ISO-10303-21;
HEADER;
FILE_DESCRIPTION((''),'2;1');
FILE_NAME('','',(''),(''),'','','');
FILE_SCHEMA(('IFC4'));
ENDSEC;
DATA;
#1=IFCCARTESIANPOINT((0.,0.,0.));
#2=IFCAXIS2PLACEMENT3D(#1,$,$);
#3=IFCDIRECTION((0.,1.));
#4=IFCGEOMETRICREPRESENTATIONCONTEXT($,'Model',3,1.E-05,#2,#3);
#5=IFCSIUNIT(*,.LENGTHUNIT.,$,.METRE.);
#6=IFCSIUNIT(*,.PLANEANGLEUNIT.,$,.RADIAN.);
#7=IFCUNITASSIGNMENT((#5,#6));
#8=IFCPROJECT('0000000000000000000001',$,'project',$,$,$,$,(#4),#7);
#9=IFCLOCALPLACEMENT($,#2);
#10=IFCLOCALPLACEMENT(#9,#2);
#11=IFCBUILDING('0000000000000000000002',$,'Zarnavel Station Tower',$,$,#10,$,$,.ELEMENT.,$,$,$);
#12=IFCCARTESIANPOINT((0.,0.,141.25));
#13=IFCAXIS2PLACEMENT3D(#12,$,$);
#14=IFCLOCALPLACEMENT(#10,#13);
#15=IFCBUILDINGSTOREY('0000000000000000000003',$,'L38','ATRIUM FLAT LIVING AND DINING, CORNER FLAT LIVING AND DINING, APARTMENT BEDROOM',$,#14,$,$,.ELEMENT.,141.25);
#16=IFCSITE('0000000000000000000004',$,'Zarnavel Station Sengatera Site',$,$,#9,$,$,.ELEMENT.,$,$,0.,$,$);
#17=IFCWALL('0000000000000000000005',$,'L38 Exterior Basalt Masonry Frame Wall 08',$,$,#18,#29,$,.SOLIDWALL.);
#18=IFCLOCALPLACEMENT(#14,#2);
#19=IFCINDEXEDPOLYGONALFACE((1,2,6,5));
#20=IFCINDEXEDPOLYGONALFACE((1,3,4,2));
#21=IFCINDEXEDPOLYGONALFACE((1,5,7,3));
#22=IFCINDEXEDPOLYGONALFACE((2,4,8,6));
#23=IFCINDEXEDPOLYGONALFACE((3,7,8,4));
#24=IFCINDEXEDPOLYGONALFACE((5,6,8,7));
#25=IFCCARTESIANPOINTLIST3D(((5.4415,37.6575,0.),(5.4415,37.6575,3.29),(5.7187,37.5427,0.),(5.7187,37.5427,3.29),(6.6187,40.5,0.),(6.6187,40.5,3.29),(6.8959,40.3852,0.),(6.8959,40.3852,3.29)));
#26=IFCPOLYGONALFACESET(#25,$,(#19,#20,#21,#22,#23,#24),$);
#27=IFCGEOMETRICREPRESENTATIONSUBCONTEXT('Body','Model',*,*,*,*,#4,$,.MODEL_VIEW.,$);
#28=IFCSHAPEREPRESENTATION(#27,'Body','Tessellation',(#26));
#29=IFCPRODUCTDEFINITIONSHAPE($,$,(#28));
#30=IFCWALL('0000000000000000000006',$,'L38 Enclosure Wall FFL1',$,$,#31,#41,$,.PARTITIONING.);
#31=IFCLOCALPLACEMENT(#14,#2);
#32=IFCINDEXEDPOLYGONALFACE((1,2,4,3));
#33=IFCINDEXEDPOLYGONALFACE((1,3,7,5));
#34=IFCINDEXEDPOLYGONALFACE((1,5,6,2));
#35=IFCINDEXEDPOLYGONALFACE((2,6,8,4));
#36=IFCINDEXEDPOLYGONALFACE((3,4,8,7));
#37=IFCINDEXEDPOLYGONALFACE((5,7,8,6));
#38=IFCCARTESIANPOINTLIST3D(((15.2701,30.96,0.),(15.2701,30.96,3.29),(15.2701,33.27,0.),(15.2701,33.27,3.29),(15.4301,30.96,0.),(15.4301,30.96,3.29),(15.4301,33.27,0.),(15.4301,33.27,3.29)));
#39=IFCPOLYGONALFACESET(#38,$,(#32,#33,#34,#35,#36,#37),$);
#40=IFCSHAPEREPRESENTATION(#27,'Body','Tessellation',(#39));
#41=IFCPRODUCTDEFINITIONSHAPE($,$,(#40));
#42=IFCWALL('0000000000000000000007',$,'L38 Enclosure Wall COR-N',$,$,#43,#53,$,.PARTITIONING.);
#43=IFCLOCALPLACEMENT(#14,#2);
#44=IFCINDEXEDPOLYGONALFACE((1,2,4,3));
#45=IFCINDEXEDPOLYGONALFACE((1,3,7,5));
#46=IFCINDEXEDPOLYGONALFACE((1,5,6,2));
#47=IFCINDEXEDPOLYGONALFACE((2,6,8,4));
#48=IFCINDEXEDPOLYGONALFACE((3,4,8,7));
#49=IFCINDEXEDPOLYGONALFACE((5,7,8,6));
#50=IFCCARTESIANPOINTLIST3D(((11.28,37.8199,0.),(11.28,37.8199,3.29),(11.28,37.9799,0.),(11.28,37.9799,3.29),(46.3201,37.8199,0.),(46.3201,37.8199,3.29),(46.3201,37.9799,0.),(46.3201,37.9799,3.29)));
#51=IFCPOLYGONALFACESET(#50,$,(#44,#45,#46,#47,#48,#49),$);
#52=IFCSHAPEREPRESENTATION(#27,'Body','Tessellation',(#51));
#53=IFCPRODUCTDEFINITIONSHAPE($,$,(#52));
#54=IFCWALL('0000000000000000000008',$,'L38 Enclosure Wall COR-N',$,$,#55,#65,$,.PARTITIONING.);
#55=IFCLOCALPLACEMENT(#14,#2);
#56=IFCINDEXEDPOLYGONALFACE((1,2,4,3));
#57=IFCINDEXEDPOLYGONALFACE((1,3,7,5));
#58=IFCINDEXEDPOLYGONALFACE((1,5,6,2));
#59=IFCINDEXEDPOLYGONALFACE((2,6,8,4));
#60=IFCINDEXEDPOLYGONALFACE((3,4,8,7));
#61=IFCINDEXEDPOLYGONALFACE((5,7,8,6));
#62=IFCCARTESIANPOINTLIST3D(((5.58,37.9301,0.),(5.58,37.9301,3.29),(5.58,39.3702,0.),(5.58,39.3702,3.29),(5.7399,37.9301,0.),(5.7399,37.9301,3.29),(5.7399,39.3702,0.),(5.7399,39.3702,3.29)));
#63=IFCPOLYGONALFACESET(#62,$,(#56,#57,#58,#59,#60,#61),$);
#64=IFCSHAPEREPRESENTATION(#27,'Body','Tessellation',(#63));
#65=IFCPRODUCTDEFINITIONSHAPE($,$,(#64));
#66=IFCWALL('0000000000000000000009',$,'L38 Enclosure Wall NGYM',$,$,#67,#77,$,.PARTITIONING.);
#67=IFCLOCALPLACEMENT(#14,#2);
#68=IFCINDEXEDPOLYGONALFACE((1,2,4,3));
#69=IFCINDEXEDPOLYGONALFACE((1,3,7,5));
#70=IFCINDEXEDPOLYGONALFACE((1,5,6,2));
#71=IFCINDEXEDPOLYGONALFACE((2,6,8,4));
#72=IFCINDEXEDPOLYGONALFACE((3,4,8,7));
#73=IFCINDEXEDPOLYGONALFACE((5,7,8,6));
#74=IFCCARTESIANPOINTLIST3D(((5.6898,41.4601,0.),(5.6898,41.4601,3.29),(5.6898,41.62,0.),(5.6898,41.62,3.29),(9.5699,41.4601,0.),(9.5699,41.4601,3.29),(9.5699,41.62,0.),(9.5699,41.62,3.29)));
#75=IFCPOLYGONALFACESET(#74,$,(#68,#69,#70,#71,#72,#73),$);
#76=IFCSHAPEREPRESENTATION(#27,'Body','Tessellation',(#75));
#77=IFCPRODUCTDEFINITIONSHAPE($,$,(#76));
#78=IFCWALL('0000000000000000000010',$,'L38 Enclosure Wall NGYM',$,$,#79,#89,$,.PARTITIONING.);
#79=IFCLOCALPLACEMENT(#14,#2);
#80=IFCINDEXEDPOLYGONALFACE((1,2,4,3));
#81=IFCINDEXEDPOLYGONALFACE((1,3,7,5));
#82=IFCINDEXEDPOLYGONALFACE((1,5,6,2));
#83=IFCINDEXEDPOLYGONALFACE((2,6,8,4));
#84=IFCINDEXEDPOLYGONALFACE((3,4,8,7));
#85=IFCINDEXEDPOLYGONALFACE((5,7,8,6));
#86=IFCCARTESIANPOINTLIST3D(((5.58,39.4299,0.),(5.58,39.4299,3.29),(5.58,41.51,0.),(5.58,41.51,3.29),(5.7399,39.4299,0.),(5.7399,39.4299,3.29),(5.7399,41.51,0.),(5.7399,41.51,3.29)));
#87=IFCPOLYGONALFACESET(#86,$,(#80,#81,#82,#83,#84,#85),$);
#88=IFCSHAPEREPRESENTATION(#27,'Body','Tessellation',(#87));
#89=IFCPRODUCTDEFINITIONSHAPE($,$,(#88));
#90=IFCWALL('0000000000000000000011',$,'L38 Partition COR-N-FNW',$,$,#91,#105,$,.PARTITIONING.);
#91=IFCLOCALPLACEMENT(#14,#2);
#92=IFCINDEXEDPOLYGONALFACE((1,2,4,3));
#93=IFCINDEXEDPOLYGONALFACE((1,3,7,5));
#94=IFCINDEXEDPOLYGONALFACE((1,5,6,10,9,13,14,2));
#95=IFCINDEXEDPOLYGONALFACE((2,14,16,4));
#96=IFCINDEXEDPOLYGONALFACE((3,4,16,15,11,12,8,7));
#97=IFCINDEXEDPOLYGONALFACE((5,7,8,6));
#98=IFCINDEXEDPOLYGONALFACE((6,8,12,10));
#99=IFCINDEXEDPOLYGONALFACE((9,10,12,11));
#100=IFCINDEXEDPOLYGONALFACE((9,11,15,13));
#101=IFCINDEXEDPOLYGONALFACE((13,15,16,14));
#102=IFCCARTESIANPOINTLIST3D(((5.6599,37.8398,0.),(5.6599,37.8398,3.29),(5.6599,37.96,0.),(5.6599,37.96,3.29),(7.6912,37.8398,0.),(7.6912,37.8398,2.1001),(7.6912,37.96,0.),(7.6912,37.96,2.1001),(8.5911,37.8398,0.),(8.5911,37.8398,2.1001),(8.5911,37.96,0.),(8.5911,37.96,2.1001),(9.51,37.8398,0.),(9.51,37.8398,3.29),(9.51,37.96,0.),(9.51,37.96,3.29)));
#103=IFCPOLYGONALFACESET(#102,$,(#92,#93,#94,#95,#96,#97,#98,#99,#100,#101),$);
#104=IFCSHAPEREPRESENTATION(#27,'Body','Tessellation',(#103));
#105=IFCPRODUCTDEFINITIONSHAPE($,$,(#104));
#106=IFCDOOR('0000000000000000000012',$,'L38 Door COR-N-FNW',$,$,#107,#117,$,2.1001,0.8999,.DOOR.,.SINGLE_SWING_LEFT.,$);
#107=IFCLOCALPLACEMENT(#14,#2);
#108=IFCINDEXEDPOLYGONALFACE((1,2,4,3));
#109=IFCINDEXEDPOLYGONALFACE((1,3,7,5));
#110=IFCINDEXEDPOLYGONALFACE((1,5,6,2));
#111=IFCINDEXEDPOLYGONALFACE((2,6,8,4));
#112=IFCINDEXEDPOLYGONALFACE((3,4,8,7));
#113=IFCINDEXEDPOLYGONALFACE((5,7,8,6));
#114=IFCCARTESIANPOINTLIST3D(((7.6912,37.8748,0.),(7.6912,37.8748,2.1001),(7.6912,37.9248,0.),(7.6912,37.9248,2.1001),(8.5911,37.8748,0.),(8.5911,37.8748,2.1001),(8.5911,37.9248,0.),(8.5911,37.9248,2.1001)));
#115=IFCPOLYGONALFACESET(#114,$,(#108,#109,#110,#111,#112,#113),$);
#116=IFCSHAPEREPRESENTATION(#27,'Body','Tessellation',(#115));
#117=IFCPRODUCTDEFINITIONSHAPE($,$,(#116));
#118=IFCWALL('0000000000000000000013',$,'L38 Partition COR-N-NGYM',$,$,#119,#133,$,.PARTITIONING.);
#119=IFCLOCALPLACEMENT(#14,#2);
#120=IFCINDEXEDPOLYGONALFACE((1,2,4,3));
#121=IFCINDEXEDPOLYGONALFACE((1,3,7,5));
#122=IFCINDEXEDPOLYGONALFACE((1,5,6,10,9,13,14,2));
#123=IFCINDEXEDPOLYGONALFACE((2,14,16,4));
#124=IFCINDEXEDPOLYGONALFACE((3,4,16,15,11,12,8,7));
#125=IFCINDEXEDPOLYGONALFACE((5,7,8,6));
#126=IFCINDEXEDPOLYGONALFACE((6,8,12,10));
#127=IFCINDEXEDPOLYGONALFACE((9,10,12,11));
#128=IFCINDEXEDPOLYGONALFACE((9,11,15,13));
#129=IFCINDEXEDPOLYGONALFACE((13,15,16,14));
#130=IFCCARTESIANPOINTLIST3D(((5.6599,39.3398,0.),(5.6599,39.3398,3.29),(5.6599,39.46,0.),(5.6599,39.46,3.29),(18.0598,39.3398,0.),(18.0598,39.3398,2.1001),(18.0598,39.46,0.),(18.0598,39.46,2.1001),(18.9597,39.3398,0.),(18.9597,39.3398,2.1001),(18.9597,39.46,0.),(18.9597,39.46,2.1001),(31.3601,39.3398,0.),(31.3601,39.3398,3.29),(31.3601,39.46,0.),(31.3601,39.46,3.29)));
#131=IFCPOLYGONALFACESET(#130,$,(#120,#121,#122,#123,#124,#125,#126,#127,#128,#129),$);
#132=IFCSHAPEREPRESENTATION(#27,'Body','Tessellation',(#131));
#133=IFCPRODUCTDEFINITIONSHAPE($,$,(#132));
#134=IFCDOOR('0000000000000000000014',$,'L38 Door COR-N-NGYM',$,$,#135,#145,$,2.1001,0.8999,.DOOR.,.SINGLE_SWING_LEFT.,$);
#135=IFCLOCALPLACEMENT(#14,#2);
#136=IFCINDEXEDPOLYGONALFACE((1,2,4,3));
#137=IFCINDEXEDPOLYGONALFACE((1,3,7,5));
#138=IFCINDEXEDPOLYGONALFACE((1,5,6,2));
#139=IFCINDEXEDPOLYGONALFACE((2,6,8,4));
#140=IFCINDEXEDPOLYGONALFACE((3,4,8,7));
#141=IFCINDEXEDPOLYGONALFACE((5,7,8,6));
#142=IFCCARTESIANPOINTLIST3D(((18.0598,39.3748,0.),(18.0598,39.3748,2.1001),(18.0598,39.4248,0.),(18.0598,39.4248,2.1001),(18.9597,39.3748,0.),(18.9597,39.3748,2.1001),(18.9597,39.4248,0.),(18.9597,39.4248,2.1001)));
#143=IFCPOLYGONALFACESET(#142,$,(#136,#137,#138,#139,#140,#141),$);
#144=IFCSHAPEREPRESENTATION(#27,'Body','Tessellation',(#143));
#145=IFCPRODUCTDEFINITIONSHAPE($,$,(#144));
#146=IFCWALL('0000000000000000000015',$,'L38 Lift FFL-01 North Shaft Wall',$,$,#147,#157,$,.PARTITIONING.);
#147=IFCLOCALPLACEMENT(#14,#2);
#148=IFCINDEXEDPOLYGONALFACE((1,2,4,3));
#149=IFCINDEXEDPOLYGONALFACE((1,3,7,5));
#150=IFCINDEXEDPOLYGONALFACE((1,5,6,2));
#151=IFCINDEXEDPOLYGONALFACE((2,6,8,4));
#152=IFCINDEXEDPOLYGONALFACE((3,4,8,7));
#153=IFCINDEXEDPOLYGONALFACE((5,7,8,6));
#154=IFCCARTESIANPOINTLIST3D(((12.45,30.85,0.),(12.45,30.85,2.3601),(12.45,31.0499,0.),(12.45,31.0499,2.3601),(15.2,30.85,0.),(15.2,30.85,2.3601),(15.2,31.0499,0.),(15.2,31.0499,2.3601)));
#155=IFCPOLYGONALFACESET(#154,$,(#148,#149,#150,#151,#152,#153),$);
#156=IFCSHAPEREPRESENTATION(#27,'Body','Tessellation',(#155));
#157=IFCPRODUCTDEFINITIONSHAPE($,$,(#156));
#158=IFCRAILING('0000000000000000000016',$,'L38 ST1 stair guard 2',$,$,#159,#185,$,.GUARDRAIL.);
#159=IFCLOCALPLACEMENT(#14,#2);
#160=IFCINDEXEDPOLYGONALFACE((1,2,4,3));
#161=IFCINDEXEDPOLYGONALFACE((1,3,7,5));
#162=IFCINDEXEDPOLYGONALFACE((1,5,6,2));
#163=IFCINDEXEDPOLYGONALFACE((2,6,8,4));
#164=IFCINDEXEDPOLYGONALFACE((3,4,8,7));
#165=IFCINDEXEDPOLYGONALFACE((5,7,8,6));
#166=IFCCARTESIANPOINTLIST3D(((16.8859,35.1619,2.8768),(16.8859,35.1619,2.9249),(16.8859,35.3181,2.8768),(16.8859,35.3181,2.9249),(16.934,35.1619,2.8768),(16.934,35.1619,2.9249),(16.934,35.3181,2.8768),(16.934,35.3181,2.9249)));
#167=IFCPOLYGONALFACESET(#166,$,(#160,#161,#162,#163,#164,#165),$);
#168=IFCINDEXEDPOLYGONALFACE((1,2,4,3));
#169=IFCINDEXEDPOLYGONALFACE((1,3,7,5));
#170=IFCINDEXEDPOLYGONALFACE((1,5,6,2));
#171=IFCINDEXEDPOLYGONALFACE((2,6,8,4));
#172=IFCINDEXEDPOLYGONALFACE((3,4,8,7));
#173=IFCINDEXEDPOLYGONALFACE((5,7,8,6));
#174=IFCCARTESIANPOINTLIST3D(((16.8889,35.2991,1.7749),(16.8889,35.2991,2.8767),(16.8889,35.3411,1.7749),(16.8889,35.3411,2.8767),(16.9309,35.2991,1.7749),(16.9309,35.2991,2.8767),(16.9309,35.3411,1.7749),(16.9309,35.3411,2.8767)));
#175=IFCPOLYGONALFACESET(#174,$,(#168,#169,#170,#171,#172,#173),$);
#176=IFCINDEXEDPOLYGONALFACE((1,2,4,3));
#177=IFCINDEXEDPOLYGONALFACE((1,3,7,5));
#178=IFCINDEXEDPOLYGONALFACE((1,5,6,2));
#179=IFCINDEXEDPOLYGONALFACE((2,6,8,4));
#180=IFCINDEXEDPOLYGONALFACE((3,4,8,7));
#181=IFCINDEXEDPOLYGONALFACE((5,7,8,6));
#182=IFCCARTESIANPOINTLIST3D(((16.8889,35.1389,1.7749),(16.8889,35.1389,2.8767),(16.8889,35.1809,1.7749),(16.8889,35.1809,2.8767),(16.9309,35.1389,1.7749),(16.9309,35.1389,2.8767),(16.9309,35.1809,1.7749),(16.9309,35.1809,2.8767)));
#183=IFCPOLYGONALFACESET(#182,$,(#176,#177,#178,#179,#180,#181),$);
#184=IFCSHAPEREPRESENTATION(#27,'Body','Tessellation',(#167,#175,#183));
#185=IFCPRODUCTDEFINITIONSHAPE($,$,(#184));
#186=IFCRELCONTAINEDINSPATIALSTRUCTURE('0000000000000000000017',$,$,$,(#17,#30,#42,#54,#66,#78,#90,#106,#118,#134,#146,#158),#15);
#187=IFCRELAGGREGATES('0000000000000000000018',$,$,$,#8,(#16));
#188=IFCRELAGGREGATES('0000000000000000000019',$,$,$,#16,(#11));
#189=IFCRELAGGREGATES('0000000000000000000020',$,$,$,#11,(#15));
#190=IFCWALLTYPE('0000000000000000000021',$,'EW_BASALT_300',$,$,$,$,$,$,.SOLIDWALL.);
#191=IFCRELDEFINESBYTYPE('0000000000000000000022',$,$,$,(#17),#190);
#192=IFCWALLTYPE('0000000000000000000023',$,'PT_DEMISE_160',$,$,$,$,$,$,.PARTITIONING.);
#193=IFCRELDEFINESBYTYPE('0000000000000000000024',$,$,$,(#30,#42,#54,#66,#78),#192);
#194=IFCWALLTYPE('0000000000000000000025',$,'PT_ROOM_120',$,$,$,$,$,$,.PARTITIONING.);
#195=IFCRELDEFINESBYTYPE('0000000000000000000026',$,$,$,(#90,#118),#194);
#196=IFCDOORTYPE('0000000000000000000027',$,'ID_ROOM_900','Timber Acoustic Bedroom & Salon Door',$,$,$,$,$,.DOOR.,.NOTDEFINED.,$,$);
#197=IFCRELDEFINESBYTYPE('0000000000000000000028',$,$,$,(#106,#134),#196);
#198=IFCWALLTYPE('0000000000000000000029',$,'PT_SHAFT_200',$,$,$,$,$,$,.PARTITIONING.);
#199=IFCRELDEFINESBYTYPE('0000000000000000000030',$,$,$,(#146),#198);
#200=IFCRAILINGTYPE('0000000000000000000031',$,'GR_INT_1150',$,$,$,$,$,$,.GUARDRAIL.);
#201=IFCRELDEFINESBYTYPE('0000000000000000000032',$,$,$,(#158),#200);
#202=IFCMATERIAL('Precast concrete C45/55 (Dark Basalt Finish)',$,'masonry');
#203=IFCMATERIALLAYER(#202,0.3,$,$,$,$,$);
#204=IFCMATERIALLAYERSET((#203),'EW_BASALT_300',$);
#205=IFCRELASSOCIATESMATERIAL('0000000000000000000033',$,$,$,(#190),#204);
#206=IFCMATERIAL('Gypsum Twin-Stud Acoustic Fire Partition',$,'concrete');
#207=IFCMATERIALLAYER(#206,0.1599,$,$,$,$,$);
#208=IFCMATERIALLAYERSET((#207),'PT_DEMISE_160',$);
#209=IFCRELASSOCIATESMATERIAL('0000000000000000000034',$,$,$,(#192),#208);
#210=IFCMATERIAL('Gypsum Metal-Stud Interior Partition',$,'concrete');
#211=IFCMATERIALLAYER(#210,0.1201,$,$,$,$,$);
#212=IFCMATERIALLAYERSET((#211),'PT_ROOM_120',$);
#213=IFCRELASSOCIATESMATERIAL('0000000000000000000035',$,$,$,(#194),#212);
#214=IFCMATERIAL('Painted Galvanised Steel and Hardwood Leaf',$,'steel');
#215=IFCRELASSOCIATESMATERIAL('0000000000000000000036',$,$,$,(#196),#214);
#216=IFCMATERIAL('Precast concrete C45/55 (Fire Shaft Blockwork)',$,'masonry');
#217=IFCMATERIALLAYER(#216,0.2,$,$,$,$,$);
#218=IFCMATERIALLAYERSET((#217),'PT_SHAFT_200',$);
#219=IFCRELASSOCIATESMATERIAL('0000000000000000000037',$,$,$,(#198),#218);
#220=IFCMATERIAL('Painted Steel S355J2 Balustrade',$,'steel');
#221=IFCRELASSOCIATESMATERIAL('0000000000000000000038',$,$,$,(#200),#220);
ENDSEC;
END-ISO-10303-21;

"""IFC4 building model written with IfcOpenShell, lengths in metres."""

from ifc_helpers import new_model, si_unit, direction, frame, frame_2d, origin, origin_2d, place, context, subcontext, project, spatial, rectangle, extrude, material, layer, layer_set, type_object, element, fill, save


model = new_model("IFC4")

# Units and contexts
model_context = context("Model", 3, precision=1e-05, world=origin(), true_north=direction((0.0, 1.0)))
body_context = subcontext(model_context, "Body", "Model", "MODEL_VIEW")
ifc_project = project(units=[si_unit("LENGTHUNIT", "METRE"), si_unit("PLANEANGLEUNIT", "RADIAN")], contexts=[model_context])

# Site, building, storey
site_placement = place(None, origin())
site = spatial("IfcSite", under=ifc_project, at=site_placement, Name="Zarnavel Station Sengatera Site", CompositionType="ELEMENT", RefElevation=0.0)
building_placement = place(site_placement, origin())
building = spatial("IfcBuilding", under=site, at=building_placement, Name="Zarnavel Station Tower", CompositionType="ELEMENT")
storey_placement = place(building_placement, frame((0.0, 0.0, 141.25)))
storey = spatial("IfcBuildingStorey", under=building, at=storey_placement, Name="L38", Description="ATRIUM FLAT LIVING AND DINING, CORNER FLAT LIVING AND DINING, APARTMENT BEDROOM", CompositionType="ELEMENT", Elevation=141.25)

# Shared definitions
ifc_material_1 = material(Name="Precast concrete C45/55 (Dark Basalt Finish)", Category="masonry")
ifc_layer_1 = layer(ifc_material_1, 0.3)
ifc_layer_set_1 = layer_set([ifc_layer_1], Name="EW_BASALT_300")
wall_type_1 = type_object("IfcWallType", Name="EW_BASALT_300", PredefinedType="SOLIDWALL", material=ifc_layer_set_1)

# Walls
wall_1_placement = place(storey_placement, frame((5.5801, 37.6001, 0.0), z_axis=(0.0, 0.0, 1.0), x_axis=(0.382637, 0.923899, 0.0)))
element("IfcWall", 1, at=wall_1_placement, inside=storey, type_object=wall_type_1, Name="L38 Exterior Basalt Masonry Frame Wall 08", PredefinedType="SOLIDWALL", context=body_context, shape_type="SweptSolid", body=[
    extrude(rectangle(XDim=3.0767, YDim=0.3, at=frame_2d((1.5383, 0.0))), origin(), (0.0, 0.0, 1.0), 3.29),
])
ifc_material_2 = material(Name="Gypsum Twin-Stud Acoustic Fire Partition", Category="concrete")
ifc_layer_2 = layer(ifc_material_2, 0.1599)
ifc_layer_set_2 = layer_set([ifc_layer_2], Name="PT_DEMISE_160")
wall_type_2 = type_object("IfcWallType", Name="PT_DEMISE_160", PredefinedType="PARTITIONING", material=ifc_layer_set_2)
wall_2_placement = place(storey_placement, frame((15.3501, 30.96, 0.0), z_axis=(0.0, 0.0, 1.0), x_axis=(0.0, 1.0, 0.0)))
element("IfcWall", 2, at=wall_2_placement, inside=storey, type_object=wall_type_2, Name="L38 Enclosure Wall FFL1", PredefinedType="PARTITIONING", context=body_context, shape_type="SweptSolid", body=[
    extrude(rectangle(XDim=2.3101, YDim=0.1599, at=frame_2d((1.155, 0.0))), origin(), (0.0, 0.0, 1.0), 3.29),
])
wall_3_placement = place(storey_placement, frame((11.28, 37.8999, 0.0), z_axis=(0.0, 0.0, 1.0), x_axis=(1.0, 0.0, 0.0)))
element("IfcWall", 3, at=wall_3_placement, inside=storey, type_object=wall_type_2, Name="L38 Enclosure Wall COR-N", PredefinedType="PARTITIONING", context=body_context, shape_type="SweptSolid", body=[
    extrude(rectangle(XDim=35.04, YDim=0.1599, at=frame_2d((17.52, 0.0))), origin(), (0.0, 0.0, 1.0), 3.29),
])
wall_4_placement = place(storey_placement, frame((5.6599, 37.9299, 0.0), z_axis=(0.0, 0.0, 1.0), x_axis=(0.0, 1.0, 0.0)))
element("IfcWall", 4, at=wall_4_placement, inside=storey, type_object=wall_type_2, Name="L38 Enclosure Wall COR-N", PredefinedType="PARTITIONING", context=body_context, shape_type="SweptSolid", body=[
    extrude(rectangle(XDim=1.4402, YDim=0.1599, at=frame_2d((0.7202, 0.0))), origin(), (0.0, 0.0, 1.0), 3.29),
])
wall_5_placement = place(storey_placement, frame((5.6899, 41.54, 0.0), z_axis=(0.0, 0.0, 1.0), x_axis=(1.0, 0.0, 0.0)))
element("IfcWall", 5, at=wall_5_placement, inside=storey, type_object=wall_type_2, Name="L38 Enclosure Wall NGYM", PredefinedType="PARTITIONING", context=body_context, shape_type="SweptSolid", body=[
    extrude(rectangle(XDim=3.8801, YDim=0.1599, at=frame_2d((1.9399, 0.0))), origin(), (0.0, 0.0, 1.0), 3.29),
])
wall_6_placement = place(storey_placement, frame((5.6599, 39.4299, 0.0), z_axis=(0.0, 0.0, 1.0), x_axis=(0.0, 1.0, 0.0)))
element("IfcWall", 6, at=wall_6_placement, inside=storey, type_object=wall_type_2, Name="L38 Enclosure Wall NGYM", PredefinedType="PARTITIONING", context=body_context, shape_type="SweptSolid", body=[
    extrude(rectangle(XDim=2.0801, YDim=0.1599, at=frame_2d((1.04, 0.0))), origin(), (0.0, 0.0, 1.0), 3.29),
])

# Walls, openings, doors
ifc_material_3 = material(Name="Gypsum Metal-Stud Interior Partition", Category="concrete")
ifc_layer_3 = layer(ifc_material_3, 0.1201)
ifc_layer_set_3 = layer_set([ifc_layer_3], Name="PT_ROOM_120")
wall_type_3 = type_object("IfcWallType", Name="PT_ROOM_120", PredefinedType="PARTITIONING", material=ifc_layer_set_3)
wall_7_placement = place(storey_placement, frame((5.6599, 37.8999, 0.0), z_axis=(0.0, 0.0, 1.0), x_axis=(1.0, 0.0, 0.0)))
wall_7 = element("IfcWall", 7, at=wall_7_placement, inside=storey, type_object=wall_type_3, Name="L38 Partition COR-N-FNW", PredefinedType="PARTITIONING", context=body_context, shape_type="SweptSolid", body=[
    extrude(rectangle(XDim=3.8501, YDim=0.1201, at=frame_2d((1.925, 0.0))), origin(), (0.0, 0.0, 1.0), 3.29),
])
opening_1_placement = place(wall_7_placement, frame((2.0312, 0.0, 0.0)))
opening_1 = element("IfcOpeningElement", 8, at=opening_1_placement, cuts=wall_7, PredefinedType="OPENING", context=body_context, shape_type="SweptSolid", body=[
    extrude(rectangle(XDim=0.8999, YDim=2.1001, at=frame_2d((0.45, 1.05))), frame((0.0, 0.0701, 0.0), z_axis=(0.0, -1.0, 0.0), x_axis=(1.0, 0.0, 0.0)), (0.0, 0.0, 1.0), 0.1401),
])
ifc_material_4 = material(Name="Painted Galvanised Steel and Hardwood Leaf", Category="steel")
door_type = type_object("IfcDoorType", Name="ID_ROOM_900", Description="Timber Acoustic Bedroom & Salon Door", OperationType="NOTDEFINED", PredefinedType="DOOR", material=ifc_material_4)
door_1_placement = place(opening_1_placement, origin())
door_1 = element("IfcDoor", 9, at=door_1_placement, inside=storey, type_object=door_type, Name="L38 Door COR-N-FNW", OperationType="SINGLE_SWING_LEFT", OverallHeight=2.1001, OverallWidth=0.8999, PredefinedType="DOOR", context=body_context, shape_type="SweptSolid", body=[
    extrude(rectangle(XDim=0.8999, YDim=2.1001, at=frame_2d((0.45, 1.05))), frame((0.0, 0.0249, 0.0), z_axis=(0.0, -1.0, 0.0), x_axis=(1.0, 0.0, 0.0)), (0.0, 0.0, 1.0), 0.05),
])
fill(opening_1, door_1)
wall_8_placement = place(storey_placement, frame((5.6599, 39.3999, 0.0), z_axis=(0.0, 0.0, 1.0), x_axis=(1.0, 0.0, 0.0)))
wall_8 = element("IfcWall", 10, at=wall_8_placement, inside=storey, type_object=wall_type_3, Name="L38 Partition COR-N-NGYM", PredefinedType="PARTITIONING", context=body_context, shape_type="SweptSolid", body=[
    extrude(rectangle(XDim=25.7002, YDim=0.1201, at=frame_2d((12.8501, 0.0))), origin(), (0.0, 0.0, 1.0), 3.29),
])
opening_2_placement = place(wall_8_placement, frame((12.3999, 0.0, 0.0)))
opening_2 = element("IfcOpeningElement", 11, at=opening_2_placement, cuts=wall_8, PredefinedType="OPENING", context=body_context, shape_type="SweptSolid", body=[
    extrude(rectangle(XDim=0.8999, YDim=2.1001, at=frame_2d((0.45, 1.05))), frame((0.0, 0.0701, 0.0), z_axis=(0.0, -1.0, 0.0), x_axis=(1.0, 0.0, 0.0)), (0.0, 0.0, 1.0), 0.1401),
])
door_2_placement = place(opening_2_placement, origin())
door_2 = element("IfcDoor", 12, at=door_2_placement, inside=storey, type_object=door_type, Name="L38 Door COR-N-NGYM", OperationType="SINGLE_SWING_LEFT", OverallHeight=2.1001, OverallWidth=0.8999, PredefinedType="DOOR", context=body_context, shape_type="SweptSolid", body=[
    extrude(rectangle(XDim=0.8999, YDim=2.1001, at=frame_2d((0.45, 1.05))), frame((0.0, 0.0249, 0.0), z_axis=(0.0, -1.0, 0.0), x_axis=(1.0, 0.0, 0.0)), (0.0, 0.0, 1.0), 0.05),
])
fill(opening_2, door_2)

# Wall
ifc_material_5 = material(Name="Precast concrete C45/55 (Fire Shaft Blockwork)", Category="masonry")
ifc_layer_4 = layer(ifc_material_5, 0.2)
ifc_layer_set_4 = layer_set([ifc_layer_4], Name="PT_SHAFT_200")
wall_type_4 = type_object("IfcWallType", Name="PT_SHAFT_200", PredefinedType="PARTITIONING", material=ifc_layer_set_4)
wall_9_placement = place(storey_placement, frame((12.45, 30.95, 0.0), z_axis=(0.0, 0.0, 1.0), x_axis=(1.0, 0.0, 0.0)))
element("IfcWall", 13, at=wall_9_placement, inside=storey, type_object=wall_type_4, Name="L38 Lift FFL-01 North Shaft Wall", PredefinedType="PARTITIONING", context=body_context, shape_type="SweptSolid", body=[
    extrude(rectangle(XDim=2.75, YDim=0.2, at=frame_2d((1.375, 0.0))), origin(), (0.0, 0.0, 1.0), 2.3601),
])

# Railing
ifc_material_6 = material(Name="Painted Steel S355J2 Balustrade", Category="steel")
railing_type_1 = type_object("IfcRailingType", Name="GR_INT_1150", PredefinedType="GUARDRAIL", material=ifc_material_6)
railing_1_placement = place(storey_placement, frame((16.9099, 35.3201, 1.7749)))
element("IfcRailing", 14, at=railing_1_placement, inside=storey, type_object=railing_type_1, Name="L38 ST1 stair guard 2", PredefinedType="GUARDRAIL", context=body_context, shape_type="SweptSolid", body=[
    extrude(rectangle(XDim=0.0481, YDim=0.0481, at=origin_2d()), frame((0.0, -0.002, 1.126), z_axis=(0.0, -1.0, 0.0), x_axis=(1.0, 0.0, 0.0)), (0.0, 0.0, 1.0), 0.1562),
    extrude(rectangle(XDim=0.042, YDim=0.042, at=origin_2d()), origin(), (0.0, 0.0, 1.0), 1.1018),
    extrude(rectangle(XDim=0.042, YDim=0.042, at=origin_2d()), frame((0.0, -0.1602, 0.0)), (0.0, 0.0, 1.0), 1.1018),
])

save(model, "model.ifc")
